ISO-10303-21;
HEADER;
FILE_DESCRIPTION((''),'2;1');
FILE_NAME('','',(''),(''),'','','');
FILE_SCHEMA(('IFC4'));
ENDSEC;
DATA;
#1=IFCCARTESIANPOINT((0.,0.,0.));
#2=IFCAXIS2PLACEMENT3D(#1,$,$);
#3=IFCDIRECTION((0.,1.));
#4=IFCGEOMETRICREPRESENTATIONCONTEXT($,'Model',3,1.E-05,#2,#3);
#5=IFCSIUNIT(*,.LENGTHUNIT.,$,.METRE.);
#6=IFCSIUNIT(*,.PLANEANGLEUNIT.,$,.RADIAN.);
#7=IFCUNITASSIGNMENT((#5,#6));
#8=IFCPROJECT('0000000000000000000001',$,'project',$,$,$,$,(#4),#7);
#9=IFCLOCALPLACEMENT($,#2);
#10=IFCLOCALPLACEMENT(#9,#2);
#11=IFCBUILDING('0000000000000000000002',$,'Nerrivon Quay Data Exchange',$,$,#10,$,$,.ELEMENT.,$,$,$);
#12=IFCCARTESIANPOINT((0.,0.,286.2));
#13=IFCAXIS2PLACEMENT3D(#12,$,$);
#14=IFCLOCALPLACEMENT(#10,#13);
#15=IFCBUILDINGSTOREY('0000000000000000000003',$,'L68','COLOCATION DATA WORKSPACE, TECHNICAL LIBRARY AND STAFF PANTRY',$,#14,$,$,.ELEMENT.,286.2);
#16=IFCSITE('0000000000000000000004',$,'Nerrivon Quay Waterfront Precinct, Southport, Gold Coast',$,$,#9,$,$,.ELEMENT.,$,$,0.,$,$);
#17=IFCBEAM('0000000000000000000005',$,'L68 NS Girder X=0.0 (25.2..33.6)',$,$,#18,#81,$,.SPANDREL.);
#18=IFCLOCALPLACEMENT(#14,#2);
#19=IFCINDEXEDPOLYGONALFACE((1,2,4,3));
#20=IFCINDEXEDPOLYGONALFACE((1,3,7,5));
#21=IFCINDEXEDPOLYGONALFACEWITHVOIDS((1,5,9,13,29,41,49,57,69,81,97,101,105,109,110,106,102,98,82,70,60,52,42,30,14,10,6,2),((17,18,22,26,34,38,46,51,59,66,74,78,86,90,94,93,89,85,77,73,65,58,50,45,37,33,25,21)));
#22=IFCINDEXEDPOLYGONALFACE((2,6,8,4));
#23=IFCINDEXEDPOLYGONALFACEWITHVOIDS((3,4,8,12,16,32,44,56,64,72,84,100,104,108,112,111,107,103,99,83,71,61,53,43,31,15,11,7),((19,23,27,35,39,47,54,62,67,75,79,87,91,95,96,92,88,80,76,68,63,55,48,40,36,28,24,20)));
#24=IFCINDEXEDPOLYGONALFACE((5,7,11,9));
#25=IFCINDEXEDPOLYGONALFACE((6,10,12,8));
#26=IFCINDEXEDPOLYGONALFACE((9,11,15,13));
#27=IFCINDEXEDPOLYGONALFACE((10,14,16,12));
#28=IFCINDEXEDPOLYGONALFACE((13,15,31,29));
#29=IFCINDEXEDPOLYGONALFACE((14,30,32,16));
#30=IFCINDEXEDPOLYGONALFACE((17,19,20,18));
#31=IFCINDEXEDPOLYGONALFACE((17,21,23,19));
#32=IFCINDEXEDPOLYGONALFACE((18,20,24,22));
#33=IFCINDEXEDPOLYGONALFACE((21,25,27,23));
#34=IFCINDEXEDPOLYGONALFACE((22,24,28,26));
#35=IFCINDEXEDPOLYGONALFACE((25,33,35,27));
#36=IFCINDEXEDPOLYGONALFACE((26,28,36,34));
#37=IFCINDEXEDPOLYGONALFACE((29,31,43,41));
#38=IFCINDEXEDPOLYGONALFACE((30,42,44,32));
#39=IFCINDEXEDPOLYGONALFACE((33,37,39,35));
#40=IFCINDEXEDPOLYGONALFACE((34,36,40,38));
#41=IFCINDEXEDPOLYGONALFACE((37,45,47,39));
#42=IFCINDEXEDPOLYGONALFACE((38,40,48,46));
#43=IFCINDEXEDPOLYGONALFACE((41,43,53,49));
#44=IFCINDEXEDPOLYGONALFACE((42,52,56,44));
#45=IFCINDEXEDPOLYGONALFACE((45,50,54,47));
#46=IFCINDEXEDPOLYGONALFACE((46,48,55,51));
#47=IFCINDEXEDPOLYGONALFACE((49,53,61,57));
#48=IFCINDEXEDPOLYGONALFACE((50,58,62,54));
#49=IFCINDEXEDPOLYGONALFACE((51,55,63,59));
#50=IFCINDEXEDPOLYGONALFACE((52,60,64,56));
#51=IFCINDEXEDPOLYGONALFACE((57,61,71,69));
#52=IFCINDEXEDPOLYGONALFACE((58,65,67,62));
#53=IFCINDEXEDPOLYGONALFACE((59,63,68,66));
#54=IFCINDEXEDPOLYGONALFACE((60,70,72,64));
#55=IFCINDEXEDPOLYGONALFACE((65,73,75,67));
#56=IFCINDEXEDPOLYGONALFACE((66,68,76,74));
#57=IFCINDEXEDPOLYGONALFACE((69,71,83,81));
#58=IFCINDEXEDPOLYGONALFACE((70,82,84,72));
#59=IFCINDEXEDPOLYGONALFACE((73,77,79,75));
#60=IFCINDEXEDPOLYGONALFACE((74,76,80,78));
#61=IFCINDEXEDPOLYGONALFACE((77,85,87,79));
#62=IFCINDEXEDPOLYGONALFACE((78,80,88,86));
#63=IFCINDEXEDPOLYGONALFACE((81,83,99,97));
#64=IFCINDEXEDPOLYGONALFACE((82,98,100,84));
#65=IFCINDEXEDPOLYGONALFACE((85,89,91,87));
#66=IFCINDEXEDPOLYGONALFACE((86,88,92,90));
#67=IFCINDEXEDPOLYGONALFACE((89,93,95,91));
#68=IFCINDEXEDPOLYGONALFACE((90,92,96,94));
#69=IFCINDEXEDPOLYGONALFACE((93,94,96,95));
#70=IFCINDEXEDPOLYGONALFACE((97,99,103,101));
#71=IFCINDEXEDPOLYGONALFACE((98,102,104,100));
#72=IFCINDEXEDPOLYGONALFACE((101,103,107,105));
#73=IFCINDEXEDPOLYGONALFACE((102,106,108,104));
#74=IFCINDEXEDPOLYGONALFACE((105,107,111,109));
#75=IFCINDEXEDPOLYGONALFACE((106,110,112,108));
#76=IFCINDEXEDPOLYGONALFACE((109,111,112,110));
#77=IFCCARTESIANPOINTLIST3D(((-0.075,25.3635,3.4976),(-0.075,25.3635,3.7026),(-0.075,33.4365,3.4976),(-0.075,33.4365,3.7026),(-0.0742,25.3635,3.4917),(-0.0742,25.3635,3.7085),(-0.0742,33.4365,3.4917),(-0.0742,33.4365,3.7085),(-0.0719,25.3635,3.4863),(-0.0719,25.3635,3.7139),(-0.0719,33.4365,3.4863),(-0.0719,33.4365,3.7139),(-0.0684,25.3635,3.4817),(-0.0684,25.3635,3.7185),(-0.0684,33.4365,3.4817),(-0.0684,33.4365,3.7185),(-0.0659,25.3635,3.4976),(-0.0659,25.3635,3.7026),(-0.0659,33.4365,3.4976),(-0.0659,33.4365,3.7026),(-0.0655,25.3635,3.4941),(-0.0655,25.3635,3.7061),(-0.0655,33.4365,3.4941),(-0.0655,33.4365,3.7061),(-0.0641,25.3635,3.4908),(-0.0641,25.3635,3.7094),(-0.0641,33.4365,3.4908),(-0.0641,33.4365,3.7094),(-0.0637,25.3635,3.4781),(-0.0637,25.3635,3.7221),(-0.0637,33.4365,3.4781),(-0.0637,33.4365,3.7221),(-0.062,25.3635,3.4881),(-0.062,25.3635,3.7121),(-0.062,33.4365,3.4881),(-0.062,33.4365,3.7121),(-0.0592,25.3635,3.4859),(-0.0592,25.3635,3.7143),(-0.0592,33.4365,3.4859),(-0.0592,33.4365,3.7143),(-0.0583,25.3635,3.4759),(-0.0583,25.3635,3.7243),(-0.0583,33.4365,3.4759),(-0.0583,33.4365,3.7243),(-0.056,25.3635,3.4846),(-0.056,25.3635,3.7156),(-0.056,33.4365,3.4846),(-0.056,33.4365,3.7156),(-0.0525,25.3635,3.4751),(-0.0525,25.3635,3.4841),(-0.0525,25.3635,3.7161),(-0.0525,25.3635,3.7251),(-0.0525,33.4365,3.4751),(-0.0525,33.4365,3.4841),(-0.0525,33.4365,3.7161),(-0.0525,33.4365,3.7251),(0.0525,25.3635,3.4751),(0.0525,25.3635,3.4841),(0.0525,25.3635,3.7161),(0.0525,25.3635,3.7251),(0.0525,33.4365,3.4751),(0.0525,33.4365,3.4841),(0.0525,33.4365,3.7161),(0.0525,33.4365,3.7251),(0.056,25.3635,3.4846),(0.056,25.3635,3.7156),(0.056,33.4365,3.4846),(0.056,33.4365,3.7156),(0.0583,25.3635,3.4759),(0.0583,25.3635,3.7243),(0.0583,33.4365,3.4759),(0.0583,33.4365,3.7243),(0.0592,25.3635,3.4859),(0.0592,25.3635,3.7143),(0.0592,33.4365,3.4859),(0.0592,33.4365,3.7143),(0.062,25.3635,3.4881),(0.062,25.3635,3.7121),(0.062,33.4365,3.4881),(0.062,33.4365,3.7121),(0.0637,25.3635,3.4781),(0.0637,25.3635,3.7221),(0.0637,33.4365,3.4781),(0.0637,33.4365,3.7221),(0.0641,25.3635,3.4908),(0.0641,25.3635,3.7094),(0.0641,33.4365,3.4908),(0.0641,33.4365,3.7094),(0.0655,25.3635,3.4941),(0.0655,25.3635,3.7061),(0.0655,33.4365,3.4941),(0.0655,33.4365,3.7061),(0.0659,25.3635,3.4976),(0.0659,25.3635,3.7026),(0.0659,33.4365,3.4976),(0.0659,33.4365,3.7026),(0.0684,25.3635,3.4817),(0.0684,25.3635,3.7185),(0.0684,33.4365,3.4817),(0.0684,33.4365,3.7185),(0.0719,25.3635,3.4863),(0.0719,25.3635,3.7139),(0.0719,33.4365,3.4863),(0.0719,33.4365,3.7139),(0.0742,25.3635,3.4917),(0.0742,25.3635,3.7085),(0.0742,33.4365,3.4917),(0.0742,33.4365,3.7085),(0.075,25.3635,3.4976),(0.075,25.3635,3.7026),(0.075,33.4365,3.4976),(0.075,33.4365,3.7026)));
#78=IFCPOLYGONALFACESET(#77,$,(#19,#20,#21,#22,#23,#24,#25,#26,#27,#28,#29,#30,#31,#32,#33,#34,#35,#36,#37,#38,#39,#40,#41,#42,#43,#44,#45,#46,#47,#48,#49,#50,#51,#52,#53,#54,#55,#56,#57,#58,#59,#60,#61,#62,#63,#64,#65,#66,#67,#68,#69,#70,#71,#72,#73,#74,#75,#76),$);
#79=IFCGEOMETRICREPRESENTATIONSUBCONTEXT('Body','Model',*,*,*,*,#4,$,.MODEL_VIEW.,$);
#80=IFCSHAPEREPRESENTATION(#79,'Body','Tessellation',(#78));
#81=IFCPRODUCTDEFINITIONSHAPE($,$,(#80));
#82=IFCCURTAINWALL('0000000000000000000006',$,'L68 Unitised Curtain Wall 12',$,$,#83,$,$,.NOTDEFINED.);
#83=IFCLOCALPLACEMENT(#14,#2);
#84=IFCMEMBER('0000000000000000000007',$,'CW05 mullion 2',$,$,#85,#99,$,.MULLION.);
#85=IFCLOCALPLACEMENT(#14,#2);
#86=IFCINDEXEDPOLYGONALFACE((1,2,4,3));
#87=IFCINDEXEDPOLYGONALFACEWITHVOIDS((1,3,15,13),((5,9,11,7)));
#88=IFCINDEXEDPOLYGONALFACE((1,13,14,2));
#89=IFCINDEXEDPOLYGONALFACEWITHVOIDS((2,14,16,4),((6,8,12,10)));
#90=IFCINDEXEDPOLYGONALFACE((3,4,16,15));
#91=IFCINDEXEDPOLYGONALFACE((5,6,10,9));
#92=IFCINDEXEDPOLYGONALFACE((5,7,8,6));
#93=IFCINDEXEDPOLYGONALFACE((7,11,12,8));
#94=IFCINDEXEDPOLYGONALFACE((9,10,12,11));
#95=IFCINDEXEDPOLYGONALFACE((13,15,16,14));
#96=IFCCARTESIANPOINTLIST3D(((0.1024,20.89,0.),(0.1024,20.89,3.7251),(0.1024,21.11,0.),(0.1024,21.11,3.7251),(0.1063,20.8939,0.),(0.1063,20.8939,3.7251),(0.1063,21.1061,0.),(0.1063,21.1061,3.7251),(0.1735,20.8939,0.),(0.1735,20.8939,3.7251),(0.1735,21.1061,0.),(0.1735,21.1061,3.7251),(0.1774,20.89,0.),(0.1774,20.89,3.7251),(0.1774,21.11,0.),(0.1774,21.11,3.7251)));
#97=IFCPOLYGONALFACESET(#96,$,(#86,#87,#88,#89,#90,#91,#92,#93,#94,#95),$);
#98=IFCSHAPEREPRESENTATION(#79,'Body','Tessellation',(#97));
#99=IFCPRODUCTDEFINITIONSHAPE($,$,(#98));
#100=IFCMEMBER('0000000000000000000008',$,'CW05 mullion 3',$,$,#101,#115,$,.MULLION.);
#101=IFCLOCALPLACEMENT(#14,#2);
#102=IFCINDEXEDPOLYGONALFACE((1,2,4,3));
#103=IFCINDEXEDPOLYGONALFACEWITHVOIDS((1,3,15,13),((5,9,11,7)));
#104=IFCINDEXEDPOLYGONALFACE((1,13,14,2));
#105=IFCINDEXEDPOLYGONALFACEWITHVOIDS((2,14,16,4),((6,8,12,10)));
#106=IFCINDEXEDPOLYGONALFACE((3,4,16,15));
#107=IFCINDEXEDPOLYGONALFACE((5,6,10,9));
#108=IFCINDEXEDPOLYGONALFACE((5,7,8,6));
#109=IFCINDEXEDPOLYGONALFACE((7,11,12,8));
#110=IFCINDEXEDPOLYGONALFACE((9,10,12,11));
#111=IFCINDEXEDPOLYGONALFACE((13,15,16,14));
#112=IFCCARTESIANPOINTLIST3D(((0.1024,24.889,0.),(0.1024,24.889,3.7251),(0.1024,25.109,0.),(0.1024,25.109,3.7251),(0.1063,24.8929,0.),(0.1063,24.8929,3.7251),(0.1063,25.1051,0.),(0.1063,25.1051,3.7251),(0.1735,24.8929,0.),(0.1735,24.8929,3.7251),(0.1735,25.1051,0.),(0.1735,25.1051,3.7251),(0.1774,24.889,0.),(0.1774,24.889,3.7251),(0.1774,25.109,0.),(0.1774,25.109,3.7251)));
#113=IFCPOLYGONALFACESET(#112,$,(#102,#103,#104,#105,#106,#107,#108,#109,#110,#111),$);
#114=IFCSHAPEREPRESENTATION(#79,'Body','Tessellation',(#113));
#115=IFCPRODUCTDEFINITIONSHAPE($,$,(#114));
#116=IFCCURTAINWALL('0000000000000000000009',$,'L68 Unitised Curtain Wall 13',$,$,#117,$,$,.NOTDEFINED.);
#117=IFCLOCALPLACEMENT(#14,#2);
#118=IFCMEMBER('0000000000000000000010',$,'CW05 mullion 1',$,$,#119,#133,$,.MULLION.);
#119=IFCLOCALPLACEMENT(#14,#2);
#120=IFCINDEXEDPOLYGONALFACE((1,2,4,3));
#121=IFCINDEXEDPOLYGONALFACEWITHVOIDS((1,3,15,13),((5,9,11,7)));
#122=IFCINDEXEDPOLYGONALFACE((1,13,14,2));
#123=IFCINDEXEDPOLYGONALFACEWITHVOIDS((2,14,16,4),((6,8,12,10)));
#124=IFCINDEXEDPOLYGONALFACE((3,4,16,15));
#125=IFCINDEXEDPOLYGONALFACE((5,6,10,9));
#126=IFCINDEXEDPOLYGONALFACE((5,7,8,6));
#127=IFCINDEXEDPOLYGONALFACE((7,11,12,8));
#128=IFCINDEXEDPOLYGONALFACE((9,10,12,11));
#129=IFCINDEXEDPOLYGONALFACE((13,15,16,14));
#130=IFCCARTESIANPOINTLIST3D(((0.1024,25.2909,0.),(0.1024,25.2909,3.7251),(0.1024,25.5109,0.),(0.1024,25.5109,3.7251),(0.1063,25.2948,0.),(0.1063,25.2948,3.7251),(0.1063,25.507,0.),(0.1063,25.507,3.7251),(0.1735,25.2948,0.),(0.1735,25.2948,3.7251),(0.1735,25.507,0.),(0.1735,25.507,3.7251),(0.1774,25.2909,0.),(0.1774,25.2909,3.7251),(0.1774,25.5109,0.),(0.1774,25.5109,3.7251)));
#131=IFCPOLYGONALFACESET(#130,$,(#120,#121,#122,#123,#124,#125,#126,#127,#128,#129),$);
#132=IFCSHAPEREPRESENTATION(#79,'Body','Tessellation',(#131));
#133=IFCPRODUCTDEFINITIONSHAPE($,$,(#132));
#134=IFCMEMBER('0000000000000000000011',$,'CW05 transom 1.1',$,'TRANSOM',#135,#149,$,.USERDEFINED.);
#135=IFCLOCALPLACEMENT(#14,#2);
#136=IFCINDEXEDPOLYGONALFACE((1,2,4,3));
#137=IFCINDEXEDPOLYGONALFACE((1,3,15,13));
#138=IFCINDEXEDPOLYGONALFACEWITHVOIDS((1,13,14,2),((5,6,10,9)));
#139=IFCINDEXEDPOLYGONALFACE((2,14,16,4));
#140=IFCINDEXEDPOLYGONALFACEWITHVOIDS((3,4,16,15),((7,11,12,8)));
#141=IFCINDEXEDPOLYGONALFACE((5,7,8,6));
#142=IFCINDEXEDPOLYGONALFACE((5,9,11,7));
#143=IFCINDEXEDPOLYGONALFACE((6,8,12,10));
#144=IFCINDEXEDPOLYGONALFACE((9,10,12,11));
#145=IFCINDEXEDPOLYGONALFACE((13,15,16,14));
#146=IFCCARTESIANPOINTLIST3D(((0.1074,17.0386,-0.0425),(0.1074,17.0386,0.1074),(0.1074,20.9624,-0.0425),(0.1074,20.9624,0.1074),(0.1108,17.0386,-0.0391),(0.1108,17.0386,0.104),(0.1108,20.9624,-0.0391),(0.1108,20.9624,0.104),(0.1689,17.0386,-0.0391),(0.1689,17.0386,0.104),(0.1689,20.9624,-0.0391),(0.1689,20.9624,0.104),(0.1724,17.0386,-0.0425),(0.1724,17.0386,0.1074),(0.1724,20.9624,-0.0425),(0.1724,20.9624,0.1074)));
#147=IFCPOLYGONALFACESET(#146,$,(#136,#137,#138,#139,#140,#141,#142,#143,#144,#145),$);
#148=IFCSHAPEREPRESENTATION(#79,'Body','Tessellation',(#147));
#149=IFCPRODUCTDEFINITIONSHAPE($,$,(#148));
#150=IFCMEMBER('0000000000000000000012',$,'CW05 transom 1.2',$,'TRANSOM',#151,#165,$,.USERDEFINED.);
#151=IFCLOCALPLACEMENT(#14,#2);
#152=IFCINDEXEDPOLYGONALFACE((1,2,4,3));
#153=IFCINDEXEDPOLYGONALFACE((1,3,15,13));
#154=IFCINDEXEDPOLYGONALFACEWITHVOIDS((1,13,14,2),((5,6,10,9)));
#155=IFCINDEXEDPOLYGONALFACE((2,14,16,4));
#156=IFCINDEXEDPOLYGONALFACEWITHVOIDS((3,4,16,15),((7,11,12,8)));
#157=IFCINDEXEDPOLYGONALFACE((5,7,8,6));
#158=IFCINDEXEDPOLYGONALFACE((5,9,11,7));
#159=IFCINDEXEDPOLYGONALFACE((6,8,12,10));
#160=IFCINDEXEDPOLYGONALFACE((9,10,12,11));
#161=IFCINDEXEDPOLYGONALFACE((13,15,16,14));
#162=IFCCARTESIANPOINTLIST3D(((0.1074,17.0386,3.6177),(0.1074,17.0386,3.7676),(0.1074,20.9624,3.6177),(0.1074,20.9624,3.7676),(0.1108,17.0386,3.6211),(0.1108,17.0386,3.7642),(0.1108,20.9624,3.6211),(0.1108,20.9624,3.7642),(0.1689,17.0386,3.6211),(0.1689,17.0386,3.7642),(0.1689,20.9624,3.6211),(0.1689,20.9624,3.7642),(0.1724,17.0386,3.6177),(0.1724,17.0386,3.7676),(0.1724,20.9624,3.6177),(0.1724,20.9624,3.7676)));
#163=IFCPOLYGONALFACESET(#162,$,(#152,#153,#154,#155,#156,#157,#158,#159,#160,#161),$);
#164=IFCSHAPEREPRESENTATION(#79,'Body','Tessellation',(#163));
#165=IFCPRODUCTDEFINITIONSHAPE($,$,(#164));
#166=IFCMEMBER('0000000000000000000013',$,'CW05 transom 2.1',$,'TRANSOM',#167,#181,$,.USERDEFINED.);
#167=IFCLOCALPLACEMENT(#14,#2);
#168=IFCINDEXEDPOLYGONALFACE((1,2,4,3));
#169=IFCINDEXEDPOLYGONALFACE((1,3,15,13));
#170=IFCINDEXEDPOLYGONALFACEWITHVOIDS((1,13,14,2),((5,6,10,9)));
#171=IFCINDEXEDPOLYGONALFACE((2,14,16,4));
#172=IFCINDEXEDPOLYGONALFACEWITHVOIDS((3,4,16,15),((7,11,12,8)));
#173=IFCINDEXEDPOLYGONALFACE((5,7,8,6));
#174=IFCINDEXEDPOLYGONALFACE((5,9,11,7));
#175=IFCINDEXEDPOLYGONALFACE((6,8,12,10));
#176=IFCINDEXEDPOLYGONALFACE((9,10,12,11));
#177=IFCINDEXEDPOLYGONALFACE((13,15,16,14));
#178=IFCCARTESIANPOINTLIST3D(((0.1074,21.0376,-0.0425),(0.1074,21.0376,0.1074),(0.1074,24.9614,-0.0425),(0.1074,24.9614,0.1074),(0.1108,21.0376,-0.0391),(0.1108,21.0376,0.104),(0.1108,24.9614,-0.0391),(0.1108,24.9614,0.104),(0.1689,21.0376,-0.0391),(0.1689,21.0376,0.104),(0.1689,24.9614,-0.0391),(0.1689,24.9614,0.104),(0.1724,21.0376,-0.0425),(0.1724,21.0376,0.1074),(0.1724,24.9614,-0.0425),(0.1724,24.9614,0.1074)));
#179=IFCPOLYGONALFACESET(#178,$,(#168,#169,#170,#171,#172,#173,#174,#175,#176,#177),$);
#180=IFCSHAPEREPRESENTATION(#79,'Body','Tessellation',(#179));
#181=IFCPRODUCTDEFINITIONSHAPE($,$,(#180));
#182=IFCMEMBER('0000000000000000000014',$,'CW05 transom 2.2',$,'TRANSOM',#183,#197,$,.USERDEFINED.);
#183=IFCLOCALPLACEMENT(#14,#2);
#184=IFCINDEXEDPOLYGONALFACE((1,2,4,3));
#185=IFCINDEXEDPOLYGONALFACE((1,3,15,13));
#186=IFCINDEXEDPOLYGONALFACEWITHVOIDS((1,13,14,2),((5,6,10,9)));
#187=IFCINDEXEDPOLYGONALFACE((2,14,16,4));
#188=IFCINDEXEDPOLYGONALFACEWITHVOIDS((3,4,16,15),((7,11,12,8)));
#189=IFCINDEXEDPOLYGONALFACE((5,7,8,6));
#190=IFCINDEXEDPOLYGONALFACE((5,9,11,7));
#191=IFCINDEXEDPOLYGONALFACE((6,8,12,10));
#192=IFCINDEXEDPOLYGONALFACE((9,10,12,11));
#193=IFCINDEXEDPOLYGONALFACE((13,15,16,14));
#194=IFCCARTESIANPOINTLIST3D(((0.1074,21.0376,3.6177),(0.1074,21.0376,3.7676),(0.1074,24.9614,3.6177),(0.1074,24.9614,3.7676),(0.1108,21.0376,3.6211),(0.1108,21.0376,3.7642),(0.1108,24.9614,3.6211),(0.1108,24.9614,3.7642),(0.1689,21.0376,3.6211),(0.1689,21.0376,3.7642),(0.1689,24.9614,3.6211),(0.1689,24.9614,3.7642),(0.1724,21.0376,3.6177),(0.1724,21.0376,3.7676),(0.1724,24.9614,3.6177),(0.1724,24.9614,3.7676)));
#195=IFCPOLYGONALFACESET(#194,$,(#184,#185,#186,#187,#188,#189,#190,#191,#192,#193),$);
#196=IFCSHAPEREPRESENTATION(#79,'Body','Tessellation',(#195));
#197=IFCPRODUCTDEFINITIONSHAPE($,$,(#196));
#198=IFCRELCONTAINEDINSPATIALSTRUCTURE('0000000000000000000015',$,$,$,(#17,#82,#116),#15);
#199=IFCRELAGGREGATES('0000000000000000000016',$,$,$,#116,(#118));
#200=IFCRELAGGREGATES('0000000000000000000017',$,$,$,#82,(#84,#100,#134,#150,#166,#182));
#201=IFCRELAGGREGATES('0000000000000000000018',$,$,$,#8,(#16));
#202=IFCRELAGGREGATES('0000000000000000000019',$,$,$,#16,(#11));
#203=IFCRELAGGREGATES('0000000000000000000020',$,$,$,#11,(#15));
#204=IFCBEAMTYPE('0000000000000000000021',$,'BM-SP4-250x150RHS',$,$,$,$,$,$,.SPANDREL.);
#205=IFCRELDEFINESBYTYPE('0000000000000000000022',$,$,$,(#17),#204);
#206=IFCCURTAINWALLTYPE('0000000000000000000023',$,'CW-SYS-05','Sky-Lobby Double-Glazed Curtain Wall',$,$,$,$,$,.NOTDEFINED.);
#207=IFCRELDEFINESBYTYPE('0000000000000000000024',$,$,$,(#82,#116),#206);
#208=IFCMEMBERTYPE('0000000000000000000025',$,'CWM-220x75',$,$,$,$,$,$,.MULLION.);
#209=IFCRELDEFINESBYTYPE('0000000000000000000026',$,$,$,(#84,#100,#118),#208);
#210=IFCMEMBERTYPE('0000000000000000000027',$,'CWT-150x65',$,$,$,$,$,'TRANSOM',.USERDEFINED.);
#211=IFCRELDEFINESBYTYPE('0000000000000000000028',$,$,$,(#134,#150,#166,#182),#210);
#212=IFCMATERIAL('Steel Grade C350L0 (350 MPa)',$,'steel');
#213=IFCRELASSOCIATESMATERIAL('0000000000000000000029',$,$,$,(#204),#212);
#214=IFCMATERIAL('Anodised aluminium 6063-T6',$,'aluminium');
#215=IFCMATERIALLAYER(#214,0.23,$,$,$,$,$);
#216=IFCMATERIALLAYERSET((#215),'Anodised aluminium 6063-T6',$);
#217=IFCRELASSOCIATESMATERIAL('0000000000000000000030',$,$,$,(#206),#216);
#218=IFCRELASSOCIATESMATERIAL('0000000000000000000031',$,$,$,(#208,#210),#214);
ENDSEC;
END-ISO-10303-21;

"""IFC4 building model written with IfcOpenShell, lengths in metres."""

from ifc_helpers import new_model, si_unit, direction, frame, origin, origin_2d, place, context, subcontext, project, spatial, hollow_rectangle, extrude, material, layer, layer_set, material_profile, profile_set, type_object, element, aggregate, save


model = new_model("IFC4")

# Units and contexts
model_context = context("Model", 3, precision=1e-05, world=origin(), true_north=direction((0.0, 1.0)))
body_context = subcontext(model_context, "Body", "Model", "MODEL_VIEW")
ifc_project = project(units=[si_unit("LENGTHUNIT", "METRE"), si_unit("PLANEANGLEUNIT", "RADIAN")], contexts=[model_context])

# Site, building, storey
site_placement = place(None, origin())
site = spatial("IfcSite", under=ifc_project, at=site_placement, Name="Nerrivon Quay Waterfront Precinct, Southport, Gold Coast", CompositionType="ELEMENT", RefElevation=0.0)
building_placement = place(site_placement, origin())
building = spatial("IfcBuilding", under=site, at=building_placement, Name="Nerrivon Quay Data Exchange", CompositionType="ELEMENT")
storey_placement = place(building_placement, frame((0.0, 0.0, 286.2)))
storey = spatial("IfcBuildingStorey", under=building, at=storey_placement, Name="L68", Description="COLOCATION DATA WORKSPACE, TECHNICAL LIBRARY AND STAFF PANTRY", CompositionType="ELEMENT", Elevation=286.2)

# Beam
ifc_material_1 = material(Name="Steel Grade C350L0 (350 MPa)", Category="steel")
ifc_material_profile_1 = material_profile(ifc_material_1, hollow_rectangle(XDim=0.1499, YDim=0.25, WallThickness=0.009, InnerFilletRadius=0.0134, OuterFilletRadius=0.0225, at=origin_2d()), Name="250x150x9.0RHS")
ifc_profile_set_1 = profile_set([ifc_material_profile_1], Name="Steel Grade C350L0 (350 MPa)")
beam_type_1 = type_object("IfcBeamType", Name="BM-SP4-250x150RHS", PredefinedType="SPANDREL", material=ifc_profile_set_1)
beam_1_placement = place(storey_placement, frame((0.0, 25.3635, 3.6001), z_axis=(0.0, 1.0, 0.0), x_axis=(-1.0, 0.0, 0.0)))
element("IfcBeam", 1, at=beam_1_placement, inside=storey, type_object=beam_type_1, Name="L68 NS Girder X=0.0 (25.2..33.6)", PredefinedType="SPANDREL", context=body_context, shape_type="SweptSolid", body=[
    extrude(hollow_rectangle(XDim=0.1499, YDim=0.25, WallThickness=0.009, InnerFilletRadius=0.0134, OuterFilletRadius=0.0225, at=origin_2d()), origin(), (0.0, 0.0, 1.0), 8.073),
])

# Curtain wall, members
ifc_material_2 = material(Name="Anodised aluminium 6063-T6", Category="aluminium")
ifc_layer_1 = layer(ifc_material_2, 0.23)
ifc_layer_set_1 = layer_set([ifc_layer_1], Name="Anodised aluminium 6063-T6")
curtain_wall_type = type_object("IfcCurtainWallType", Name="CW-SYS-05", Description="Sky-Lobby Double-Glazed Curtain Wall", PredefinedType="NOTDEFINED", material=ifc_layer_set_1)
curtain_wall_1_placement = place(storey_placement, origin())
curtain_wall_1 = element("IfcCurtainWall", 2, at=curtain_wall_1_placement, inside=storey, type_object=curtain_wall_type, Name="L68 Unitised Curtain Wall 12", PredefinedType="NOTDEFINED")
ifc_material_profile_2 = material_profile(ifc_material_2, hollow_rectangle(XDim=0.075, YDim=0.22, WallThickness=0.0039, at=origin_2d()), Name="ALU-MULL-220x75")
ifc_profile_set_2 = profile_set([ifc_material_profile_2], Name="Anodised aluminium 6063-T6")
member_type_1 = type_object("IfcMemberType", Name="CWM-220x75", PredefinedType="MULLION", material=ifc_profile_set_2)
member_1_placement = place(storey_placement, frame((0.1399, 21.0, 0.0), z_axis=(0.0, 0.0, 1.0), x_axis=(-1.0, 0.0, 0.0)))
member_1 = element("IfcMember", 3, at=member_1_placement, type_object=member_type_1, Name="CW05 mullion 2", PredefinedType="MULLION", context=body_context, shape_type="SweptSolid", body=[
    extrude(hollow_rectangle(XDim=0.075, YDim=0.22, WallThickness=0.0039, at=origin_2d()), origin(), (0.0, 0.0, 1.0), 3.7251),
])
member_2_placement = place(storey_placement, frame((0.1399, 24.999, 0.0), z_axis=(0.0, 0.0, 1.0), x_axis=(-1.0, 0.0, 0.0)))
member_2 = element("IfcMember", 4, at=member_2_placement, type_object=member_type_1, Name="CW05 mullion 3", PredefinedType="MULLION", context=body_context, shape_type="SweptSolid", body=[
    extrude(hollow_rectangle(XDim=0.075, YDim=0.22, WallThickness=0.0039, at=origin_2d()), origin(), (0.0, 0.0, 1.0), 3.7251),
])

# Curtain wall, member
curtain_wall_2_placement = place(storey_placement, origin())
curtain_wall_2 = element("IfcCurtainWall", 5, at=curtain_wall_2_placement, inside=storey, type_object=curtain_wall_type, Name="L68 Unitised Curtain Wall 13", PredefinedType="NOTDEFINED")
member_3_placement = place(storey_placement, frame((0.1399, 25.4009, 0.0), z_axis=(0.0, 0.0, 1.0), x_axis=(-1.0, 0.0, 0.0)))
member_3 = element("IfcMember", 6, at=member_3_placement, type_object=member_type_1, Name="CW05 mullion 1", PredefinedType="MULLION", context=body_context, shape_type="SweptSolid", body=[
    extrude(hollow_rectangle(XDim=0.075, YDim=0.22, WallThickness=0.0039, at=origin_2d()), origin(), (0.0, 0.0, 1.0), 3.7251),
])
aggregate(curtain_wall_2, [member_3])

# Members
ifc_material_profile_3 = material_profile(ifc_material_2, hollow_rectangle(XDim=0.0649, YDim=0.1499, WallThickness=0.0034, at=origin_2d()), Name="ALU-TRAN-150x65")
ifc_profile_set_3 = profile_set([ifc_material_profile_3], Name="Anodised aluminium 6063-T6")
member_type_2 = type_object("IfcMemberType", Name="CWT-150x65", ElementType="TRANSOM", PredefinedType="USERDEFINED", material=ifc_profile_set_3)
member_4_placement = place(storey_placement, frame((0.1399, 17.0386, 0.0325), z_axis=(0.0, 1.0, 0.0), x_axis=(-1.0, 0.0, 0.0)))
member_4 = element("IfcMember", 7, at=member_4_placement, type_object=member_type_2, Name="CW05 transom 1.1", ObjectType="TRANSOM", PredefinedType="USERDEFINED", context=body_context, shape_type="SweptSolid", body=[
    extrude(hollow_rectangle(XDim=0.0649, YDim=0.1499, WallThickness=0.0034, at=origin_2d()), origin(), (0.0, 0.0, 1.0), 3.9238),
])
member_5_placement = place(storey_placement, frame((0.1399, 17.0386, 3.6926), z_axis=(0.0, 1.0, 0.0), x_axis=(-1.0, 0.0, 0.0)))
member_5 = element("IfcMember", 8, at=member_5_placement, type_object=member_type_2, Name="CW05 transom 1.2", ObjectType="TRANSOM", PredefinedType="USERDEFINED", context=body_context, shape_type="SweptSolid", body=[
    extrude(hollow_rectangle(XDim=0.0649, YDim=0.1499, WallThickness=0.0034, at=origin_2d()), origin(), (0.0, 0.0, 1.0), 3.9238),
])
member_6_placement = place(storey_placement, frame((0.1399, 21.0376, 0.0325), z_axis=(0.0, 1.0, 0.0), x_axis=(-1.0, 0.0, 0.0)))
member_6 = element("IfcMember", 9, at=member_6_placement, type_object=member_type_2, Name="CW05 transom 2.1", ObjectType="TRANSOM", PredefinedType="USERDEFINED", context=body_context, shape_type="SweptSolid", body=[
    extrude(hollow_rectangle(XDim=0.0649, YDim=0.1499, WallThickness=0.0034, at=origin_2d()), origin(), (0.0, 0.0, 1.0), 3.9238),
])
member_7_placement = place(storey_placement, frame((0.1399, 21.0376, 3.6926), z_axis=(0.0, 1.0, 0.0), x_axis=(-1.0, 0.0, 0.0)))
member_7 = element("IfcMember", 10, at=member_7_placement, type_object=member_type_2, Name="CW05 transom 2.2", ObjectType="TRANSOM", PredefinedType="USERDEFINED", context=body_context, shape_type="SweptSolid", body=[
    extrude(hollow_rectangle(XDim=0.0649, YDim=0.1499, WallThickness=0.0034, at=origin_2d()), origin(), (0.0, 0.0, 1.0), 3.9238),
])

aggregate(curtain_wall_1, [member_1, member_2, member_4, member_5, member_6, member_7])

save(model, "model.ifc")
